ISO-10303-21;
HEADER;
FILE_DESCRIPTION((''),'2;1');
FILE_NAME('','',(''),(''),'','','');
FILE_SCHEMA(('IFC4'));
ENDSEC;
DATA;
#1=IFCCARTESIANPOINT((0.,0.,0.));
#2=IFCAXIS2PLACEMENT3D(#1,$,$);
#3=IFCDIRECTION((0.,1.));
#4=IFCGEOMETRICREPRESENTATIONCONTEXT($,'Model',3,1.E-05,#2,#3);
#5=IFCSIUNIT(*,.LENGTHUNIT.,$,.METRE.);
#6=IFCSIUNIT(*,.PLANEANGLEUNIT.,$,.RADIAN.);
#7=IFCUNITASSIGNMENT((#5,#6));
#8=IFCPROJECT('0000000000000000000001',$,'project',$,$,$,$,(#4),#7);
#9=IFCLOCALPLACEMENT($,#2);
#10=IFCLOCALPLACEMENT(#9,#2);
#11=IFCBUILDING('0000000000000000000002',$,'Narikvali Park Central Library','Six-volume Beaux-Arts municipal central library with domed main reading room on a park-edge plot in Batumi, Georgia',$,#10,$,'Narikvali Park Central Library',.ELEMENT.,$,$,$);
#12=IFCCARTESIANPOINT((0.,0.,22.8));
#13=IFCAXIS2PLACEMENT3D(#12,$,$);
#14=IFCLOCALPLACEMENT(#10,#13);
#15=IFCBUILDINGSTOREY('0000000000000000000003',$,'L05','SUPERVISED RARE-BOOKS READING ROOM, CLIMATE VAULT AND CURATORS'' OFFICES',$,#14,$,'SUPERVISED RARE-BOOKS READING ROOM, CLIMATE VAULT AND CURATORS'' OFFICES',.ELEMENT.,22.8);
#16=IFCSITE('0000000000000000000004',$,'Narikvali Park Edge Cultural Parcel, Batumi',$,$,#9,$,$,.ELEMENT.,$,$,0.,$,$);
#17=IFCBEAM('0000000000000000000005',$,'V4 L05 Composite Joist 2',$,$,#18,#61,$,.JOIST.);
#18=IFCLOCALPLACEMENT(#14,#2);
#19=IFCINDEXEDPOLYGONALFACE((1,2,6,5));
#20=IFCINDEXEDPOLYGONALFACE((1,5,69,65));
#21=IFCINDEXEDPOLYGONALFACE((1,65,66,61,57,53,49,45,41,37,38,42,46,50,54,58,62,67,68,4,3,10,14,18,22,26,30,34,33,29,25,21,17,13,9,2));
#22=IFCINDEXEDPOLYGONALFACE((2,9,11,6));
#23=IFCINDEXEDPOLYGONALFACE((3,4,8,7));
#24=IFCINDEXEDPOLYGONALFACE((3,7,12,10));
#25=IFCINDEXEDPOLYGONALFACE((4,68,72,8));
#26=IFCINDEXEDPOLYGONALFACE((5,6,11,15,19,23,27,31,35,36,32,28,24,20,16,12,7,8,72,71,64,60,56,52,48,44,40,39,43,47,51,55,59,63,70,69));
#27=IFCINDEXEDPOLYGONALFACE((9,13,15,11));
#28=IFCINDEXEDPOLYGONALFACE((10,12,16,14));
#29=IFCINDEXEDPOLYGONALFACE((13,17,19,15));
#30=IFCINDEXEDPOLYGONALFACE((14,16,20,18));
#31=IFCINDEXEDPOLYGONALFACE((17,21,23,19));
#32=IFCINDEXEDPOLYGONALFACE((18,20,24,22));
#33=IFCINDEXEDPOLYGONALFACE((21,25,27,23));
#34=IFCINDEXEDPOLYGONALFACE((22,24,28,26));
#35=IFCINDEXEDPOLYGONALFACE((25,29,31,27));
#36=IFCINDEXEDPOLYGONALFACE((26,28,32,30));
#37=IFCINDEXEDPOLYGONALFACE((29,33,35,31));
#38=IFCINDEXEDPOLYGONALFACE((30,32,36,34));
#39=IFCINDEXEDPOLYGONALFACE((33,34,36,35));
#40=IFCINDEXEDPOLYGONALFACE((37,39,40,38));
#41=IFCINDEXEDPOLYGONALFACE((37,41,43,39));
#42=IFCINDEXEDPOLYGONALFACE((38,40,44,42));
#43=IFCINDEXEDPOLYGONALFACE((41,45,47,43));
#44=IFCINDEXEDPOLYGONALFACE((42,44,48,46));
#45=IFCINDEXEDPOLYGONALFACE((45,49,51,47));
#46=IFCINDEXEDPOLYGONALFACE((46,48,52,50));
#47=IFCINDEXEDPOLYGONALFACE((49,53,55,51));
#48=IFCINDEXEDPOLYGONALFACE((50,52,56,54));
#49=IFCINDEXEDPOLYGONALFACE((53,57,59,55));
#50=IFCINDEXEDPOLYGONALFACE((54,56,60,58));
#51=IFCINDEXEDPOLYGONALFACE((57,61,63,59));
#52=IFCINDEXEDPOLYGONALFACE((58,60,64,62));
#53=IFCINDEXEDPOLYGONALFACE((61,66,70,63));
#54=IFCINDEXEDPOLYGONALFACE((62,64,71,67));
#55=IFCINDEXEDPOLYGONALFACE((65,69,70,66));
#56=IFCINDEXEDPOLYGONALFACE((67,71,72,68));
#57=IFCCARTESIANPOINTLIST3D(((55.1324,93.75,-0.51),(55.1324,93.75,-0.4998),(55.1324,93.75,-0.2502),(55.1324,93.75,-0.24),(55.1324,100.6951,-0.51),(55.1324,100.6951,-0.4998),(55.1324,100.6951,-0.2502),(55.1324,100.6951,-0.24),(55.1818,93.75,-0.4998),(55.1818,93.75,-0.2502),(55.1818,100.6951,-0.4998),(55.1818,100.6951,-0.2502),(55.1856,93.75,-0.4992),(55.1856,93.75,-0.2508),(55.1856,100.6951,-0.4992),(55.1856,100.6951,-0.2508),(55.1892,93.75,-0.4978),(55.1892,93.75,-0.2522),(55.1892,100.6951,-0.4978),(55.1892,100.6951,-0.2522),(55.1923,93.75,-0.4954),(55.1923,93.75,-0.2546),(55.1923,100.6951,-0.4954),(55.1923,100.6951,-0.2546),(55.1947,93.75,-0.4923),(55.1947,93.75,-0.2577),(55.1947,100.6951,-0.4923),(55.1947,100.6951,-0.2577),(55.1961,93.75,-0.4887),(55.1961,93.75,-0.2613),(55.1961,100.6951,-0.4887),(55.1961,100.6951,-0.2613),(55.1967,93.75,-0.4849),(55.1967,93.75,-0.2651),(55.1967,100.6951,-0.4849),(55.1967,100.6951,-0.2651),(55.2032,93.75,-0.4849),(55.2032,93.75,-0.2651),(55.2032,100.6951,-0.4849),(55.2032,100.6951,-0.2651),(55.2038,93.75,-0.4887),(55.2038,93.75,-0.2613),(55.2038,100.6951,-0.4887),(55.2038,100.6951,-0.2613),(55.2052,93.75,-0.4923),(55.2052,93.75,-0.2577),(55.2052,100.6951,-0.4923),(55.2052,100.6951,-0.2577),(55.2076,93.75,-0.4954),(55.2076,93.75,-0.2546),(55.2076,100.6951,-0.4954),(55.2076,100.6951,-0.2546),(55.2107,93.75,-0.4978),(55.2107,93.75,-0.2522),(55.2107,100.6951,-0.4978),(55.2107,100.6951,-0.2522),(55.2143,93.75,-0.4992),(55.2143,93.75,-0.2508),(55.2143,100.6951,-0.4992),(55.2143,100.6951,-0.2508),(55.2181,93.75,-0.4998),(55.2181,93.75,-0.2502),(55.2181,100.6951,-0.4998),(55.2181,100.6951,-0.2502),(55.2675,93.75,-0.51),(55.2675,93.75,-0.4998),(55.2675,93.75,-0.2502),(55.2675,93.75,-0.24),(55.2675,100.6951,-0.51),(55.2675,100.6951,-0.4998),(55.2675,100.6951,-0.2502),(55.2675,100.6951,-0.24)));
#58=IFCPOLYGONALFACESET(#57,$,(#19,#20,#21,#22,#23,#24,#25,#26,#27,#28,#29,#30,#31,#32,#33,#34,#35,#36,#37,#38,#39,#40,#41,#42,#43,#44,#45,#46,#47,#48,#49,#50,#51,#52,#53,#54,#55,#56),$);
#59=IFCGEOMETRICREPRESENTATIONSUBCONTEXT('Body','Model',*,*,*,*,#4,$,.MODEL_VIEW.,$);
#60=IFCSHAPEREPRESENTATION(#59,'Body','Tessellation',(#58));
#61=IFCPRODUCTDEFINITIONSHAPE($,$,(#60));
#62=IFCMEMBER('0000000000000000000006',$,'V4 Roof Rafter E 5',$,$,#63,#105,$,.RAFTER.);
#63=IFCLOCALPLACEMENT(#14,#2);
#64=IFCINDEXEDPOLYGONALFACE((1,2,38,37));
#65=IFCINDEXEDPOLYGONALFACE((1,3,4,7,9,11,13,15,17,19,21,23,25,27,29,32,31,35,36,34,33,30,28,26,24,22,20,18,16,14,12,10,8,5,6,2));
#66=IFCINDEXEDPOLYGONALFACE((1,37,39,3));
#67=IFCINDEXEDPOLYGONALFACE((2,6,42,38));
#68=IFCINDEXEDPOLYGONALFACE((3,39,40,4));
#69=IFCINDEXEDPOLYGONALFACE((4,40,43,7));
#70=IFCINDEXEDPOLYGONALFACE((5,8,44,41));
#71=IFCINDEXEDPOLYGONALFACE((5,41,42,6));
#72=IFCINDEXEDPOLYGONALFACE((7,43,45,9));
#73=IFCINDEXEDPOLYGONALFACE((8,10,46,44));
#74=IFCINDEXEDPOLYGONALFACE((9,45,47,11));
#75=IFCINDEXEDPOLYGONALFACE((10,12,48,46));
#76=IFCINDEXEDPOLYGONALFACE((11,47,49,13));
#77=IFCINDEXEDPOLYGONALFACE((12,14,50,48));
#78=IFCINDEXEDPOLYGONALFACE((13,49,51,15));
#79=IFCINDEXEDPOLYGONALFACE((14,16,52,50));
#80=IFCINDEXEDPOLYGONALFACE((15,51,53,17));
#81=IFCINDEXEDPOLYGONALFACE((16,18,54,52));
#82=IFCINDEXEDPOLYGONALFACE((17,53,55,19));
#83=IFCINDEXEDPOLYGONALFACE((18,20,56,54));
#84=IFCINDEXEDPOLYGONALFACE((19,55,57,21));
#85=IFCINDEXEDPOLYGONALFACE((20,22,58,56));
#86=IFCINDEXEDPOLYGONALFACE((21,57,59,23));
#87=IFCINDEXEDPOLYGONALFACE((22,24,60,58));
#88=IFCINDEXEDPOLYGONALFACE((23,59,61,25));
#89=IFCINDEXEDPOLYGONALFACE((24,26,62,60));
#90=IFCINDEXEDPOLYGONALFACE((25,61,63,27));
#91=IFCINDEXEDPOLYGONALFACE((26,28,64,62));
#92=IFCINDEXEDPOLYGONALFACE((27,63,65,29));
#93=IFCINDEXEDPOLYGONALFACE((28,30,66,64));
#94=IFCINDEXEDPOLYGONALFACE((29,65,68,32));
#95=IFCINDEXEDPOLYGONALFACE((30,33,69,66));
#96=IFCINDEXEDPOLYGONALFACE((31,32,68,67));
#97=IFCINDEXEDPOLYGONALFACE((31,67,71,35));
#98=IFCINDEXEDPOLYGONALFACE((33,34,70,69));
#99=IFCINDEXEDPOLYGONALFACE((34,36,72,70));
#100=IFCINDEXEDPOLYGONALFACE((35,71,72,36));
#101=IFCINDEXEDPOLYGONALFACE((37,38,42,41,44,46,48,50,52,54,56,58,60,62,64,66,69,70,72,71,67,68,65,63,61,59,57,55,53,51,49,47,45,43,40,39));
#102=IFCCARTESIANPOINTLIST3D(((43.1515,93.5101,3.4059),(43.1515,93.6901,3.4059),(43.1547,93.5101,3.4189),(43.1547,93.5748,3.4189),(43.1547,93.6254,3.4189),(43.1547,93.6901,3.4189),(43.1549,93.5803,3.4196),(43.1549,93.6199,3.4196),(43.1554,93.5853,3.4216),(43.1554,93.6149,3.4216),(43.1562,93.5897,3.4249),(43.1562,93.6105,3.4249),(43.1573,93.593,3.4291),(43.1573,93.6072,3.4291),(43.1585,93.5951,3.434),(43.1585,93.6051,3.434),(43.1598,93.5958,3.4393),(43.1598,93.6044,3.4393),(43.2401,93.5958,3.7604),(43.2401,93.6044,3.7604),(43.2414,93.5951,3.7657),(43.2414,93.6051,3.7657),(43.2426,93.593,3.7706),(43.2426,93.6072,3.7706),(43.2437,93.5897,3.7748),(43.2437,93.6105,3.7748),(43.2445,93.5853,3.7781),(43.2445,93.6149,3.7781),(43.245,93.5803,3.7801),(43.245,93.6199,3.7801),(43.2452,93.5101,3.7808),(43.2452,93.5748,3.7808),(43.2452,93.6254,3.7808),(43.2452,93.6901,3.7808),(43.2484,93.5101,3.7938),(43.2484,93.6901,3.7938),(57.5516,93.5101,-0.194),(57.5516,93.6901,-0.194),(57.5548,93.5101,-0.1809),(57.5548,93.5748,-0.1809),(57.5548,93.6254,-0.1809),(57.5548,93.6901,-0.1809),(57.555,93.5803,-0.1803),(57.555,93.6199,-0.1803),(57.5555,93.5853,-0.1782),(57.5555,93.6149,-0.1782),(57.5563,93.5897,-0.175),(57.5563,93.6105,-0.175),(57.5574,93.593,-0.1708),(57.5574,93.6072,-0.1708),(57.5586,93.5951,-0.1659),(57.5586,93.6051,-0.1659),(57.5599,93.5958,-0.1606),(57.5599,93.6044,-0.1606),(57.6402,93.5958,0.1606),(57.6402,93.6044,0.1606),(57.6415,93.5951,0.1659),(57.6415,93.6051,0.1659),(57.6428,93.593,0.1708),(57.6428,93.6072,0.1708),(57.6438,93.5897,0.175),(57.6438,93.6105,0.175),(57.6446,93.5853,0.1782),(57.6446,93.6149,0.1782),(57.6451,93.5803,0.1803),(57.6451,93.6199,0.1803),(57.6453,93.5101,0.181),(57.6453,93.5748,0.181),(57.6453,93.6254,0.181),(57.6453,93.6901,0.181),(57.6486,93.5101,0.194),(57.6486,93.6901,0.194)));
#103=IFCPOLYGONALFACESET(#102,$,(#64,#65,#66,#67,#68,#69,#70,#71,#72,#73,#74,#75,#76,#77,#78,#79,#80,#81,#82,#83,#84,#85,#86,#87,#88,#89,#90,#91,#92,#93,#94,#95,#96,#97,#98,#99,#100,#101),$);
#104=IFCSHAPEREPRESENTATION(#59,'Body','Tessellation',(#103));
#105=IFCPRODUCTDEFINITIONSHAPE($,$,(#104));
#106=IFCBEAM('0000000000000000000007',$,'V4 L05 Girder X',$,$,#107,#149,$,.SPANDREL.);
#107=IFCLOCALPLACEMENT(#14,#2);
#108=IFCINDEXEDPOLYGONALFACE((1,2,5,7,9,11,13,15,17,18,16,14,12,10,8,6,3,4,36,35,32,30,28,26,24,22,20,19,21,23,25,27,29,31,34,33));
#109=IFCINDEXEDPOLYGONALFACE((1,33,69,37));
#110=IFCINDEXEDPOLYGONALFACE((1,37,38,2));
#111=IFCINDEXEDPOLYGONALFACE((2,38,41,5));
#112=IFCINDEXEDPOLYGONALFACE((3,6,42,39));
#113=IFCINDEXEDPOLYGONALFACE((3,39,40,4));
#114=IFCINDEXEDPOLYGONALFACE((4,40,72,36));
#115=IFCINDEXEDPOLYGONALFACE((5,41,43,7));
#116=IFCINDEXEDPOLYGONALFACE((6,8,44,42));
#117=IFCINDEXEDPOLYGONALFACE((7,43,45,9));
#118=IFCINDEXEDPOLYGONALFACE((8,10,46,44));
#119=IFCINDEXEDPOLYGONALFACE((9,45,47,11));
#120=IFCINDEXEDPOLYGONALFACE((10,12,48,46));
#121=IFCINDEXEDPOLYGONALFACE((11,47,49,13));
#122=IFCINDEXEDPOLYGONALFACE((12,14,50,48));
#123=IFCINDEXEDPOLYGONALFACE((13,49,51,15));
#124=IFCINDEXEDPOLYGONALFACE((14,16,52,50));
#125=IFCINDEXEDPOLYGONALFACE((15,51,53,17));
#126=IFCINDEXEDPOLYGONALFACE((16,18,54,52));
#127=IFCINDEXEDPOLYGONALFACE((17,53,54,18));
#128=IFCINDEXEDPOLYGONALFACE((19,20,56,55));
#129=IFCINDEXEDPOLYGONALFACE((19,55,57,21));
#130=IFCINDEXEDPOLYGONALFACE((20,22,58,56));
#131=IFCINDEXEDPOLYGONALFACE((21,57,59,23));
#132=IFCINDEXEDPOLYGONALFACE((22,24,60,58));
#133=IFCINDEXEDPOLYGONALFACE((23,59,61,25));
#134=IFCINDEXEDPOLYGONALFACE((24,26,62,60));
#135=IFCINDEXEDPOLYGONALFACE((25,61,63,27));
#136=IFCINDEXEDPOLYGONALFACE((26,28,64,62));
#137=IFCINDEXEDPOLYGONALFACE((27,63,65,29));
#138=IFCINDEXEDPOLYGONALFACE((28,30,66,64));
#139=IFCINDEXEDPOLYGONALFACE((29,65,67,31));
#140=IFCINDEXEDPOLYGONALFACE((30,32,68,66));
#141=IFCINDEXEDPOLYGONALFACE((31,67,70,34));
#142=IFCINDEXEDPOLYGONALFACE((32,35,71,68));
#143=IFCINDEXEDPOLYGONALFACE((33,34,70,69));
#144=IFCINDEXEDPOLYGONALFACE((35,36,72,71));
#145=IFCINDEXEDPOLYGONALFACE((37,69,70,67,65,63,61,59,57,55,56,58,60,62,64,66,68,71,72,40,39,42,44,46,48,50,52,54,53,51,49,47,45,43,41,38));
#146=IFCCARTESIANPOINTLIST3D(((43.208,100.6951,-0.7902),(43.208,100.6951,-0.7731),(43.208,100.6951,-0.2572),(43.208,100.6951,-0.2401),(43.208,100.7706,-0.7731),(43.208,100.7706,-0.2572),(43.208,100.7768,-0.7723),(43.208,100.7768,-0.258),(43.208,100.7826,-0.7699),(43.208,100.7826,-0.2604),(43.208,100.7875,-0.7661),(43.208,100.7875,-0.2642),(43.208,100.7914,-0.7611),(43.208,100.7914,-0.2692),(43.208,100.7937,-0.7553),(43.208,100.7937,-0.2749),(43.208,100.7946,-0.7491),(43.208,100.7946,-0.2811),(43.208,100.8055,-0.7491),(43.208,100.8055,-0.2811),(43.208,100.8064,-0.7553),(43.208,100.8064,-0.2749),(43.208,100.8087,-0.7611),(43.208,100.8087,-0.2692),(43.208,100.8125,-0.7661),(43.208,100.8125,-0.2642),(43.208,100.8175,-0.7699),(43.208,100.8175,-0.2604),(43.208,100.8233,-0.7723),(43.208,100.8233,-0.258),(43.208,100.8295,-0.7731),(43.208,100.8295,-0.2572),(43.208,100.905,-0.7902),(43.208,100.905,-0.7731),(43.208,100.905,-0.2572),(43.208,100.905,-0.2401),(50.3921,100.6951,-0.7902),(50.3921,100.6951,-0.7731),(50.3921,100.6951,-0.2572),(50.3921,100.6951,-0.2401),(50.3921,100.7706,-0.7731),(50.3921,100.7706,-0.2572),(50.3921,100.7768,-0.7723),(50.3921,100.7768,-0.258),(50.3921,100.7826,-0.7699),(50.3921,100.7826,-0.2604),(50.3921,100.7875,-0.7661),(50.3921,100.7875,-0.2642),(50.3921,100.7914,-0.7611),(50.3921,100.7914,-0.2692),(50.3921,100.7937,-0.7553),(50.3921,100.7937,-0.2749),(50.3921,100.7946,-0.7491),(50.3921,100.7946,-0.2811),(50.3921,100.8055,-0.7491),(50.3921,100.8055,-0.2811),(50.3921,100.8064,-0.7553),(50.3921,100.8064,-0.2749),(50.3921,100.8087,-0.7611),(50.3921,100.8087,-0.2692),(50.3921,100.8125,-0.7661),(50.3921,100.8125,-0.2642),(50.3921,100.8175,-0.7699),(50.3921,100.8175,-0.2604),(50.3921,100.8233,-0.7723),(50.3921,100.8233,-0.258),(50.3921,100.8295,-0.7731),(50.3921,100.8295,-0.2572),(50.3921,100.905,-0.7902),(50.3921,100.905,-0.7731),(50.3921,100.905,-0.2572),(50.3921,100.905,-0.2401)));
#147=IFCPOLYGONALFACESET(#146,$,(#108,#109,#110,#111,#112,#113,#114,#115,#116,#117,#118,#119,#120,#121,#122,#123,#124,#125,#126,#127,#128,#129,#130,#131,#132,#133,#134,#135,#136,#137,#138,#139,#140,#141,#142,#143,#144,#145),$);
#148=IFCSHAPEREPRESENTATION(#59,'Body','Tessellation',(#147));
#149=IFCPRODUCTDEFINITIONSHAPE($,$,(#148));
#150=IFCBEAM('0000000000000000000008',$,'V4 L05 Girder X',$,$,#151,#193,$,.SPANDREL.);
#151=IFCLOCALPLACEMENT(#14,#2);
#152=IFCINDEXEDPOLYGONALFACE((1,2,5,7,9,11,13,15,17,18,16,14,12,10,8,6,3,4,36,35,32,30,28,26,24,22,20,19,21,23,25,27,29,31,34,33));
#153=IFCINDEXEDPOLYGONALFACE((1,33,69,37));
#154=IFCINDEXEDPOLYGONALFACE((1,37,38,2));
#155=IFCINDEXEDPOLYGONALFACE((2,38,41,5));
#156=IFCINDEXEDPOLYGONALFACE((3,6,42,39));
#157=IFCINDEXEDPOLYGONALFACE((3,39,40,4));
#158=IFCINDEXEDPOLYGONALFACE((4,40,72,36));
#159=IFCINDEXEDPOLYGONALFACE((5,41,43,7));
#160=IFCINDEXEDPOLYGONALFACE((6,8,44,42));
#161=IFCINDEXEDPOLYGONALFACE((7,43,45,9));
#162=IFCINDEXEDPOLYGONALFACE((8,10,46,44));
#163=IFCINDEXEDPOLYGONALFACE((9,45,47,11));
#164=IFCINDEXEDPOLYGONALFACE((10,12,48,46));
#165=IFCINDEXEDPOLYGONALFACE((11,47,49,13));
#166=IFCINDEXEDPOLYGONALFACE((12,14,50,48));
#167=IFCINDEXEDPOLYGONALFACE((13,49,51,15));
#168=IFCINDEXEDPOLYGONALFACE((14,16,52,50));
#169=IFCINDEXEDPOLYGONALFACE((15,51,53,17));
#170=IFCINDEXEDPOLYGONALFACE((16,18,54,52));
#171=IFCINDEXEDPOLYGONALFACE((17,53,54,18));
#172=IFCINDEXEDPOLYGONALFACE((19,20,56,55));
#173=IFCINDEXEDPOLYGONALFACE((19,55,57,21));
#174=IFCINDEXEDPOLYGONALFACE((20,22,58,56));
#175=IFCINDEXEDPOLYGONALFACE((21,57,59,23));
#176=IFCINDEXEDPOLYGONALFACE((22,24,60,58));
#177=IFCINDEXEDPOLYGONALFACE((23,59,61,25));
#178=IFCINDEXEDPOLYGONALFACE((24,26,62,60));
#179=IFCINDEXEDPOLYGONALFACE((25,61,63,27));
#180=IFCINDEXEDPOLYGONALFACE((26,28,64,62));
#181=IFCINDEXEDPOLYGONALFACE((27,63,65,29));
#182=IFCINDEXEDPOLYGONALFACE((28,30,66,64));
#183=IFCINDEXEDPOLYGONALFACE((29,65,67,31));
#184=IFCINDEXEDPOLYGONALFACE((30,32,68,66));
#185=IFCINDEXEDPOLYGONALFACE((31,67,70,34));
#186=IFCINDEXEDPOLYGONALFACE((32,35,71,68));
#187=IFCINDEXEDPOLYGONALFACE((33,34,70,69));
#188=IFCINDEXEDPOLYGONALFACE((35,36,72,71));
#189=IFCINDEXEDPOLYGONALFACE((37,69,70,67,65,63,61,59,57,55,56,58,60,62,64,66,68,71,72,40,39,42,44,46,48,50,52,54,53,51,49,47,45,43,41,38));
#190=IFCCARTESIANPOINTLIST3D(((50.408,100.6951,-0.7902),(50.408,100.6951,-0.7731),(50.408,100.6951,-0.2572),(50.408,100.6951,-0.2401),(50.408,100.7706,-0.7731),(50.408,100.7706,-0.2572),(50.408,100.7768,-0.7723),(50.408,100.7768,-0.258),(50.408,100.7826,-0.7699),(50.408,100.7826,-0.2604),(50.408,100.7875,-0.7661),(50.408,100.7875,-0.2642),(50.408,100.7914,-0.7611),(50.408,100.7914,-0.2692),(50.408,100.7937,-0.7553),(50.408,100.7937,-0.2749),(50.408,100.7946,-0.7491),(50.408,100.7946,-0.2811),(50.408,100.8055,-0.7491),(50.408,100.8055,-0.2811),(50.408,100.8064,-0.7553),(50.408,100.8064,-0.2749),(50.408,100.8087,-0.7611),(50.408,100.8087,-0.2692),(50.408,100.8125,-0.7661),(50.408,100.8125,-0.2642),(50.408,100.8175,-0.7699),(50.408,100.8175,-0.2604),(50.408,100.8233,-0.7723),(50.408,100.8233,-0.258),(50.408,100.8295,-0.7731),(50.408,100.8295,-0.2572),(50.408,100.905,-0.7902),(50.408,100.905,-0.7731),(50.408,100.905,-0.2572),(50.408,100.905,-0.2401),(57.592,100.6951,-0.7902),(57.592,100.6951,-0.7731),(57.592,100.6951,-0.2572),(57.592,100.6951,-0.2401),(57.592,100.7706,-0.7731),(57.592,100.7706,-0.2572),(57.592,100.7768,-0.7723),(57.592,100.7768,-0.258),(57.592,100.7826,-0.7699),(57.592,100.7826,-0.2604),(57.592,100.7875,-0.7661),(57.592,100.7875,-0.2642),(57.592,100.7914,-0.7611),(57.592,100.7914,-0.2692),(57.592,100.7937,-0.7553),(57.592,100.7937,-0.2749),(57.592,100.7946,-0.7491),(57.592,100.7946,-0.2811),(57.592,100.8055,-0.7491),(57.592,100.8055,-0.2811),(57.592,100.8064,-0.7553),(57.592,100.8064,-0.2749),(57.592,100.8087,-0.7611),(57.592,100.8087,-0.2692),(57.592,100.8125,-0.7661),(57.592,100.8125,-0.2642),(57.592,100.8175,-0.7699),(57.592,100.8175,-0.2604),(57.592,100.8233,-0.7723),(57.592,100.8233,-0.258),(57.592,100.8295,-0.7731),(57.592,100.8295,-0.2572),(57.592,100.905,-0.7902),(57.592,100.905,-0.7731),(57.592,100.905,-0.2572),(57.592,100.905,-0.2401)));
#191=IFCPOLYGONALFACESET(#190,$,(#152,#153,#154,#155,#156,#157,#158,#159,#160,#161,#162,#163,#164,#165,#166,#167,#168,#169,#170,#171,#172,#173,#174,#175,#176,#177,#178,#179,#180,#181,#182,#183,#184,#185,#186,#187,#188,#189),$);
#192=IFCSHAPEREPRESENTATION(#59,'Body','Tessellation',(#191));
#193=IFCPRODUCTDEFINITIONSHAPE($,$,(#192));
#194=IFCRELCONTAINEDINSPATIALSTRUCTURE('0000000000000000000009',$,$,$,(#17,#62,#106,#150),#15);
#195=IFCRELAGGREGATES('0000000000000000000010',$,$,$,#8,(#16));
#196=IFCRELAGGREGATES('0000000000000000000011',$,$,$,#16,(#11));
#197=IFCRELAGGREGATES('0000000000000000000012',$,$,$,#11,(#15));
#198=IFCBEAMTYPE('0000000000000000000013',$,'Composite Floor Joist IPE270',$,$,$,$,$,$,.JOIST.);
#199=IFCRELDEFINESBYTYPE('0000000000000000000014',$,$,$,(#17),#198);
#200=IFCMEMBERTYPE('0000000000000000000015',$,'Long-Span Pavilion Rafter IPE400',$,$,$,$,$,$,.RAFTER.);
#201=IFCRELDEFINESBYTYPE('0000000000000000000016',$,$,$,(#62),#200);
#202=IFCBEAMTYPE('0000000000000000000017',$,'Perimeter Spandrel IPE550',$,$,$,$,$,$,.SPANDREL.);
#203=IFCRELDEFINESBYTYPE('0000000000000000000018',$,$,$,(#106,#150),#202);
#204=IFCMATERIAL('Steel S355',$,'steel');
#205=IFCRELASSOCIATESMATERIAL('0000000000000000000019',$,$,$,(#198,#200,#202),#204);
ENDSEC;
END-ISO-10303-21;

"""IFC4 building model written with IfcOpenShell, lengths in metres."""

from ifc_helpers import new_model, si_unit, direction, frame, origin, origin_2d, place, context, subcontext, project, spatial, i_section, extrude, material, material_profile, profile_set, type_object, element, save


model = new_model("IFC4")

# Units and contexts
model_context = context("Model", 3, precision=1e-05, world=origin(), true_north=direction((0.0, 1.0)))
body_context = subcontext(model_context, "Body", "Model", "MODEL_VIEW")
ifc_project = project(units=[si_unit("LENGTHUNIT", "METRE"), si_unit("PLANEANGLEUNIT", "RADIAN")], contexts=[model_context])

# Site, building, storey
site_placement = place(None, origin())
site = spatial("IfcSite", under=ifc_project, at=site_placement, Name="Narikvali Park Edge Cultural Parcel, Batumi", CompositionType="ELEMENT", RefElevation=0.0)
building_placement = place(site_placement, origin())
building = spatial("IfcBuilding", under=site, at=building_placement, Name="Narikvali Park Central Library", Description="Six-volume Beaux-Arts municipal central library with domed main reading room on a park-edge plot in Batumi, Georgia", LongName="Narikvali Park Central Library", CompositionType="ELEMENT")
storey_placement = place(building_placement, frame((0.0, 0.0, 22.8)))
storey = spatial("IfcBuildingStorey", under=building, at=storey_placement, Name="L05", Description="SUPERVISED RARE-BOOKS READING ROOM, CLIMATE VAULT AND CURATORS' OFFICES", LongName="SUPERVISED RARE-BOOKS READING ROOM, CLIMATE VAULT AND CURATORS' OFFICES", CompositionType="ELEMENT", Elevation=22.8)

# Shared definitions
ifc_material_1 = material(Name="Steel S355", Category="steel")

# Beam
ifc_material_profile_1 = material_profile(ifc_material_1, i_section(OverallWidth=0.135, OverallDepth=0.27, WebThickness=0.0066, FlangeThickness=0.0103, FilletRadius=0.0149, at=origin_2d()), Name="IPE 270")
ifc_profile_set_1 = profile_set([ifc_material_profile_1], Name="Steel S355")
beam_type_1 = type_object("IfcBeamType", Name="Composite Floor Joist IPE270", PredefinedType="JOIST", material=ifc_profile_set_1)
for number, where, z_axis, x_axis, name in (
    (1, (55.2, 93.75, -0.375), (0.0, 1.0, 0.0), (-1.0, 0.0, 0.0), "V4 L05 Composite Joist 2"),
):
    element("IfcBeam", number, at=place(storey_placement, frame(where, z_axis=z_axis, x_axis=x_axis)), inside=storey, type_object=beam_type_1, Name=name, PredefinedType="JOIST", context=body_context, shape_type="SweptSolid", body=[
        extrude(i_section(OverallWidth=0.135, OverallDepth=0.27, WebThickness=0.0066, FlangeThickness=0.0103, FilletRadius=0.0149, at=origin_2d()), origin(), (0.0, 0.0, 1.0), 6.9451),
    ])

# Member
ifc_material_profile_2 = material_profile(ifc_material_1, i_section(OverallWidth=0.1799, OverallDepth=0.3999, WebThickness=0.0085, FlangeThickness=0.0134, FilletRadius=0.021, at=origin_2d()), Name="IPE 400")
ifc_profile_set_2 = profile_set([ifc_material_profile_2], Name="Steel S355")
member_type_1 = type_object("IfcMemberType", Name="Long-Span Pavilion Rafter IPE400", PredefinedType="RAFTER", material=ifc_profile_set_2)
member_1_placement = place(storey_placement, frame((43.2, 93.6001, 3.5999), z_axis=(0.970145, 0.0, -0.242524), x_axis=(0.0, 1.0, 0.0)))
element("IfcMember", 2, at=member_1_placement, inside=storey, type_object=member_type_1, Name="V4 Roof Rafter E 5", PredefinedType="RAFTER", context=body_context, shape_type="SweptSolid", body=[
    extrude(i_section(OverallWidth=0.1799, OverallDepth=0.3999, WebThickness=0.0085, FlangeThickness=0.0134, FilletRadius=0.021, at=origin_2d()), origin(), (0.0, 0.0, 1.0), 14.8433),
])

# Beams
ifc_material_profile_3 = material_profile(ifc_material_1, i_section(OverallWidth=0.21, OverallDepth=0.55, WebThickness=0.011, FlangeThickness=0.0171, FilletRadius=0.0239, at=origin_2d()), Name="IPE 550")
ifc_profile_set_3 = profile_set([ifc_material_profile_3], Name="Steel S355")
beam_type_2 = type_object("IfcBeamType", Name="Perimeter Spandrel IPE550", PredefinedType="SPANDREL", material=ifc_profile_set_3)
for number, where, z_axis, x_axis, name in (
    (3, (43.208, 100.8, -0.5151), (1.0, 0.0, 0.0), (0.0, 1.0, 0.0), "V4 L05 Girder X"),
    (4, (50.408, 100.8, -0.5151), (1.0, 0.0, 0.0), (0.0, 1.0, 0.0), "V4 L05 Girder X"),
):
    element("IfcBeam", number, at=place(storey_placement, frame(where, z_axis=z_axis, x_axis=x_axis)), inside=storey, type_object=beam_type_2, Name=name, PredefinedType="SPANDREL", context=body_context, shape_type="SweptSolid", body=[
        extrude(i_section(OverallWidth=0.21, OverallDepth=0.55, WebThickness=0.011, FlangeThickness=0.0171, FilletRadius=0.0239, at=origin_2d()), origin(), (0.0, 0.0, 1.0), 7.1841),
    ])

save(model, "model.ifc")
